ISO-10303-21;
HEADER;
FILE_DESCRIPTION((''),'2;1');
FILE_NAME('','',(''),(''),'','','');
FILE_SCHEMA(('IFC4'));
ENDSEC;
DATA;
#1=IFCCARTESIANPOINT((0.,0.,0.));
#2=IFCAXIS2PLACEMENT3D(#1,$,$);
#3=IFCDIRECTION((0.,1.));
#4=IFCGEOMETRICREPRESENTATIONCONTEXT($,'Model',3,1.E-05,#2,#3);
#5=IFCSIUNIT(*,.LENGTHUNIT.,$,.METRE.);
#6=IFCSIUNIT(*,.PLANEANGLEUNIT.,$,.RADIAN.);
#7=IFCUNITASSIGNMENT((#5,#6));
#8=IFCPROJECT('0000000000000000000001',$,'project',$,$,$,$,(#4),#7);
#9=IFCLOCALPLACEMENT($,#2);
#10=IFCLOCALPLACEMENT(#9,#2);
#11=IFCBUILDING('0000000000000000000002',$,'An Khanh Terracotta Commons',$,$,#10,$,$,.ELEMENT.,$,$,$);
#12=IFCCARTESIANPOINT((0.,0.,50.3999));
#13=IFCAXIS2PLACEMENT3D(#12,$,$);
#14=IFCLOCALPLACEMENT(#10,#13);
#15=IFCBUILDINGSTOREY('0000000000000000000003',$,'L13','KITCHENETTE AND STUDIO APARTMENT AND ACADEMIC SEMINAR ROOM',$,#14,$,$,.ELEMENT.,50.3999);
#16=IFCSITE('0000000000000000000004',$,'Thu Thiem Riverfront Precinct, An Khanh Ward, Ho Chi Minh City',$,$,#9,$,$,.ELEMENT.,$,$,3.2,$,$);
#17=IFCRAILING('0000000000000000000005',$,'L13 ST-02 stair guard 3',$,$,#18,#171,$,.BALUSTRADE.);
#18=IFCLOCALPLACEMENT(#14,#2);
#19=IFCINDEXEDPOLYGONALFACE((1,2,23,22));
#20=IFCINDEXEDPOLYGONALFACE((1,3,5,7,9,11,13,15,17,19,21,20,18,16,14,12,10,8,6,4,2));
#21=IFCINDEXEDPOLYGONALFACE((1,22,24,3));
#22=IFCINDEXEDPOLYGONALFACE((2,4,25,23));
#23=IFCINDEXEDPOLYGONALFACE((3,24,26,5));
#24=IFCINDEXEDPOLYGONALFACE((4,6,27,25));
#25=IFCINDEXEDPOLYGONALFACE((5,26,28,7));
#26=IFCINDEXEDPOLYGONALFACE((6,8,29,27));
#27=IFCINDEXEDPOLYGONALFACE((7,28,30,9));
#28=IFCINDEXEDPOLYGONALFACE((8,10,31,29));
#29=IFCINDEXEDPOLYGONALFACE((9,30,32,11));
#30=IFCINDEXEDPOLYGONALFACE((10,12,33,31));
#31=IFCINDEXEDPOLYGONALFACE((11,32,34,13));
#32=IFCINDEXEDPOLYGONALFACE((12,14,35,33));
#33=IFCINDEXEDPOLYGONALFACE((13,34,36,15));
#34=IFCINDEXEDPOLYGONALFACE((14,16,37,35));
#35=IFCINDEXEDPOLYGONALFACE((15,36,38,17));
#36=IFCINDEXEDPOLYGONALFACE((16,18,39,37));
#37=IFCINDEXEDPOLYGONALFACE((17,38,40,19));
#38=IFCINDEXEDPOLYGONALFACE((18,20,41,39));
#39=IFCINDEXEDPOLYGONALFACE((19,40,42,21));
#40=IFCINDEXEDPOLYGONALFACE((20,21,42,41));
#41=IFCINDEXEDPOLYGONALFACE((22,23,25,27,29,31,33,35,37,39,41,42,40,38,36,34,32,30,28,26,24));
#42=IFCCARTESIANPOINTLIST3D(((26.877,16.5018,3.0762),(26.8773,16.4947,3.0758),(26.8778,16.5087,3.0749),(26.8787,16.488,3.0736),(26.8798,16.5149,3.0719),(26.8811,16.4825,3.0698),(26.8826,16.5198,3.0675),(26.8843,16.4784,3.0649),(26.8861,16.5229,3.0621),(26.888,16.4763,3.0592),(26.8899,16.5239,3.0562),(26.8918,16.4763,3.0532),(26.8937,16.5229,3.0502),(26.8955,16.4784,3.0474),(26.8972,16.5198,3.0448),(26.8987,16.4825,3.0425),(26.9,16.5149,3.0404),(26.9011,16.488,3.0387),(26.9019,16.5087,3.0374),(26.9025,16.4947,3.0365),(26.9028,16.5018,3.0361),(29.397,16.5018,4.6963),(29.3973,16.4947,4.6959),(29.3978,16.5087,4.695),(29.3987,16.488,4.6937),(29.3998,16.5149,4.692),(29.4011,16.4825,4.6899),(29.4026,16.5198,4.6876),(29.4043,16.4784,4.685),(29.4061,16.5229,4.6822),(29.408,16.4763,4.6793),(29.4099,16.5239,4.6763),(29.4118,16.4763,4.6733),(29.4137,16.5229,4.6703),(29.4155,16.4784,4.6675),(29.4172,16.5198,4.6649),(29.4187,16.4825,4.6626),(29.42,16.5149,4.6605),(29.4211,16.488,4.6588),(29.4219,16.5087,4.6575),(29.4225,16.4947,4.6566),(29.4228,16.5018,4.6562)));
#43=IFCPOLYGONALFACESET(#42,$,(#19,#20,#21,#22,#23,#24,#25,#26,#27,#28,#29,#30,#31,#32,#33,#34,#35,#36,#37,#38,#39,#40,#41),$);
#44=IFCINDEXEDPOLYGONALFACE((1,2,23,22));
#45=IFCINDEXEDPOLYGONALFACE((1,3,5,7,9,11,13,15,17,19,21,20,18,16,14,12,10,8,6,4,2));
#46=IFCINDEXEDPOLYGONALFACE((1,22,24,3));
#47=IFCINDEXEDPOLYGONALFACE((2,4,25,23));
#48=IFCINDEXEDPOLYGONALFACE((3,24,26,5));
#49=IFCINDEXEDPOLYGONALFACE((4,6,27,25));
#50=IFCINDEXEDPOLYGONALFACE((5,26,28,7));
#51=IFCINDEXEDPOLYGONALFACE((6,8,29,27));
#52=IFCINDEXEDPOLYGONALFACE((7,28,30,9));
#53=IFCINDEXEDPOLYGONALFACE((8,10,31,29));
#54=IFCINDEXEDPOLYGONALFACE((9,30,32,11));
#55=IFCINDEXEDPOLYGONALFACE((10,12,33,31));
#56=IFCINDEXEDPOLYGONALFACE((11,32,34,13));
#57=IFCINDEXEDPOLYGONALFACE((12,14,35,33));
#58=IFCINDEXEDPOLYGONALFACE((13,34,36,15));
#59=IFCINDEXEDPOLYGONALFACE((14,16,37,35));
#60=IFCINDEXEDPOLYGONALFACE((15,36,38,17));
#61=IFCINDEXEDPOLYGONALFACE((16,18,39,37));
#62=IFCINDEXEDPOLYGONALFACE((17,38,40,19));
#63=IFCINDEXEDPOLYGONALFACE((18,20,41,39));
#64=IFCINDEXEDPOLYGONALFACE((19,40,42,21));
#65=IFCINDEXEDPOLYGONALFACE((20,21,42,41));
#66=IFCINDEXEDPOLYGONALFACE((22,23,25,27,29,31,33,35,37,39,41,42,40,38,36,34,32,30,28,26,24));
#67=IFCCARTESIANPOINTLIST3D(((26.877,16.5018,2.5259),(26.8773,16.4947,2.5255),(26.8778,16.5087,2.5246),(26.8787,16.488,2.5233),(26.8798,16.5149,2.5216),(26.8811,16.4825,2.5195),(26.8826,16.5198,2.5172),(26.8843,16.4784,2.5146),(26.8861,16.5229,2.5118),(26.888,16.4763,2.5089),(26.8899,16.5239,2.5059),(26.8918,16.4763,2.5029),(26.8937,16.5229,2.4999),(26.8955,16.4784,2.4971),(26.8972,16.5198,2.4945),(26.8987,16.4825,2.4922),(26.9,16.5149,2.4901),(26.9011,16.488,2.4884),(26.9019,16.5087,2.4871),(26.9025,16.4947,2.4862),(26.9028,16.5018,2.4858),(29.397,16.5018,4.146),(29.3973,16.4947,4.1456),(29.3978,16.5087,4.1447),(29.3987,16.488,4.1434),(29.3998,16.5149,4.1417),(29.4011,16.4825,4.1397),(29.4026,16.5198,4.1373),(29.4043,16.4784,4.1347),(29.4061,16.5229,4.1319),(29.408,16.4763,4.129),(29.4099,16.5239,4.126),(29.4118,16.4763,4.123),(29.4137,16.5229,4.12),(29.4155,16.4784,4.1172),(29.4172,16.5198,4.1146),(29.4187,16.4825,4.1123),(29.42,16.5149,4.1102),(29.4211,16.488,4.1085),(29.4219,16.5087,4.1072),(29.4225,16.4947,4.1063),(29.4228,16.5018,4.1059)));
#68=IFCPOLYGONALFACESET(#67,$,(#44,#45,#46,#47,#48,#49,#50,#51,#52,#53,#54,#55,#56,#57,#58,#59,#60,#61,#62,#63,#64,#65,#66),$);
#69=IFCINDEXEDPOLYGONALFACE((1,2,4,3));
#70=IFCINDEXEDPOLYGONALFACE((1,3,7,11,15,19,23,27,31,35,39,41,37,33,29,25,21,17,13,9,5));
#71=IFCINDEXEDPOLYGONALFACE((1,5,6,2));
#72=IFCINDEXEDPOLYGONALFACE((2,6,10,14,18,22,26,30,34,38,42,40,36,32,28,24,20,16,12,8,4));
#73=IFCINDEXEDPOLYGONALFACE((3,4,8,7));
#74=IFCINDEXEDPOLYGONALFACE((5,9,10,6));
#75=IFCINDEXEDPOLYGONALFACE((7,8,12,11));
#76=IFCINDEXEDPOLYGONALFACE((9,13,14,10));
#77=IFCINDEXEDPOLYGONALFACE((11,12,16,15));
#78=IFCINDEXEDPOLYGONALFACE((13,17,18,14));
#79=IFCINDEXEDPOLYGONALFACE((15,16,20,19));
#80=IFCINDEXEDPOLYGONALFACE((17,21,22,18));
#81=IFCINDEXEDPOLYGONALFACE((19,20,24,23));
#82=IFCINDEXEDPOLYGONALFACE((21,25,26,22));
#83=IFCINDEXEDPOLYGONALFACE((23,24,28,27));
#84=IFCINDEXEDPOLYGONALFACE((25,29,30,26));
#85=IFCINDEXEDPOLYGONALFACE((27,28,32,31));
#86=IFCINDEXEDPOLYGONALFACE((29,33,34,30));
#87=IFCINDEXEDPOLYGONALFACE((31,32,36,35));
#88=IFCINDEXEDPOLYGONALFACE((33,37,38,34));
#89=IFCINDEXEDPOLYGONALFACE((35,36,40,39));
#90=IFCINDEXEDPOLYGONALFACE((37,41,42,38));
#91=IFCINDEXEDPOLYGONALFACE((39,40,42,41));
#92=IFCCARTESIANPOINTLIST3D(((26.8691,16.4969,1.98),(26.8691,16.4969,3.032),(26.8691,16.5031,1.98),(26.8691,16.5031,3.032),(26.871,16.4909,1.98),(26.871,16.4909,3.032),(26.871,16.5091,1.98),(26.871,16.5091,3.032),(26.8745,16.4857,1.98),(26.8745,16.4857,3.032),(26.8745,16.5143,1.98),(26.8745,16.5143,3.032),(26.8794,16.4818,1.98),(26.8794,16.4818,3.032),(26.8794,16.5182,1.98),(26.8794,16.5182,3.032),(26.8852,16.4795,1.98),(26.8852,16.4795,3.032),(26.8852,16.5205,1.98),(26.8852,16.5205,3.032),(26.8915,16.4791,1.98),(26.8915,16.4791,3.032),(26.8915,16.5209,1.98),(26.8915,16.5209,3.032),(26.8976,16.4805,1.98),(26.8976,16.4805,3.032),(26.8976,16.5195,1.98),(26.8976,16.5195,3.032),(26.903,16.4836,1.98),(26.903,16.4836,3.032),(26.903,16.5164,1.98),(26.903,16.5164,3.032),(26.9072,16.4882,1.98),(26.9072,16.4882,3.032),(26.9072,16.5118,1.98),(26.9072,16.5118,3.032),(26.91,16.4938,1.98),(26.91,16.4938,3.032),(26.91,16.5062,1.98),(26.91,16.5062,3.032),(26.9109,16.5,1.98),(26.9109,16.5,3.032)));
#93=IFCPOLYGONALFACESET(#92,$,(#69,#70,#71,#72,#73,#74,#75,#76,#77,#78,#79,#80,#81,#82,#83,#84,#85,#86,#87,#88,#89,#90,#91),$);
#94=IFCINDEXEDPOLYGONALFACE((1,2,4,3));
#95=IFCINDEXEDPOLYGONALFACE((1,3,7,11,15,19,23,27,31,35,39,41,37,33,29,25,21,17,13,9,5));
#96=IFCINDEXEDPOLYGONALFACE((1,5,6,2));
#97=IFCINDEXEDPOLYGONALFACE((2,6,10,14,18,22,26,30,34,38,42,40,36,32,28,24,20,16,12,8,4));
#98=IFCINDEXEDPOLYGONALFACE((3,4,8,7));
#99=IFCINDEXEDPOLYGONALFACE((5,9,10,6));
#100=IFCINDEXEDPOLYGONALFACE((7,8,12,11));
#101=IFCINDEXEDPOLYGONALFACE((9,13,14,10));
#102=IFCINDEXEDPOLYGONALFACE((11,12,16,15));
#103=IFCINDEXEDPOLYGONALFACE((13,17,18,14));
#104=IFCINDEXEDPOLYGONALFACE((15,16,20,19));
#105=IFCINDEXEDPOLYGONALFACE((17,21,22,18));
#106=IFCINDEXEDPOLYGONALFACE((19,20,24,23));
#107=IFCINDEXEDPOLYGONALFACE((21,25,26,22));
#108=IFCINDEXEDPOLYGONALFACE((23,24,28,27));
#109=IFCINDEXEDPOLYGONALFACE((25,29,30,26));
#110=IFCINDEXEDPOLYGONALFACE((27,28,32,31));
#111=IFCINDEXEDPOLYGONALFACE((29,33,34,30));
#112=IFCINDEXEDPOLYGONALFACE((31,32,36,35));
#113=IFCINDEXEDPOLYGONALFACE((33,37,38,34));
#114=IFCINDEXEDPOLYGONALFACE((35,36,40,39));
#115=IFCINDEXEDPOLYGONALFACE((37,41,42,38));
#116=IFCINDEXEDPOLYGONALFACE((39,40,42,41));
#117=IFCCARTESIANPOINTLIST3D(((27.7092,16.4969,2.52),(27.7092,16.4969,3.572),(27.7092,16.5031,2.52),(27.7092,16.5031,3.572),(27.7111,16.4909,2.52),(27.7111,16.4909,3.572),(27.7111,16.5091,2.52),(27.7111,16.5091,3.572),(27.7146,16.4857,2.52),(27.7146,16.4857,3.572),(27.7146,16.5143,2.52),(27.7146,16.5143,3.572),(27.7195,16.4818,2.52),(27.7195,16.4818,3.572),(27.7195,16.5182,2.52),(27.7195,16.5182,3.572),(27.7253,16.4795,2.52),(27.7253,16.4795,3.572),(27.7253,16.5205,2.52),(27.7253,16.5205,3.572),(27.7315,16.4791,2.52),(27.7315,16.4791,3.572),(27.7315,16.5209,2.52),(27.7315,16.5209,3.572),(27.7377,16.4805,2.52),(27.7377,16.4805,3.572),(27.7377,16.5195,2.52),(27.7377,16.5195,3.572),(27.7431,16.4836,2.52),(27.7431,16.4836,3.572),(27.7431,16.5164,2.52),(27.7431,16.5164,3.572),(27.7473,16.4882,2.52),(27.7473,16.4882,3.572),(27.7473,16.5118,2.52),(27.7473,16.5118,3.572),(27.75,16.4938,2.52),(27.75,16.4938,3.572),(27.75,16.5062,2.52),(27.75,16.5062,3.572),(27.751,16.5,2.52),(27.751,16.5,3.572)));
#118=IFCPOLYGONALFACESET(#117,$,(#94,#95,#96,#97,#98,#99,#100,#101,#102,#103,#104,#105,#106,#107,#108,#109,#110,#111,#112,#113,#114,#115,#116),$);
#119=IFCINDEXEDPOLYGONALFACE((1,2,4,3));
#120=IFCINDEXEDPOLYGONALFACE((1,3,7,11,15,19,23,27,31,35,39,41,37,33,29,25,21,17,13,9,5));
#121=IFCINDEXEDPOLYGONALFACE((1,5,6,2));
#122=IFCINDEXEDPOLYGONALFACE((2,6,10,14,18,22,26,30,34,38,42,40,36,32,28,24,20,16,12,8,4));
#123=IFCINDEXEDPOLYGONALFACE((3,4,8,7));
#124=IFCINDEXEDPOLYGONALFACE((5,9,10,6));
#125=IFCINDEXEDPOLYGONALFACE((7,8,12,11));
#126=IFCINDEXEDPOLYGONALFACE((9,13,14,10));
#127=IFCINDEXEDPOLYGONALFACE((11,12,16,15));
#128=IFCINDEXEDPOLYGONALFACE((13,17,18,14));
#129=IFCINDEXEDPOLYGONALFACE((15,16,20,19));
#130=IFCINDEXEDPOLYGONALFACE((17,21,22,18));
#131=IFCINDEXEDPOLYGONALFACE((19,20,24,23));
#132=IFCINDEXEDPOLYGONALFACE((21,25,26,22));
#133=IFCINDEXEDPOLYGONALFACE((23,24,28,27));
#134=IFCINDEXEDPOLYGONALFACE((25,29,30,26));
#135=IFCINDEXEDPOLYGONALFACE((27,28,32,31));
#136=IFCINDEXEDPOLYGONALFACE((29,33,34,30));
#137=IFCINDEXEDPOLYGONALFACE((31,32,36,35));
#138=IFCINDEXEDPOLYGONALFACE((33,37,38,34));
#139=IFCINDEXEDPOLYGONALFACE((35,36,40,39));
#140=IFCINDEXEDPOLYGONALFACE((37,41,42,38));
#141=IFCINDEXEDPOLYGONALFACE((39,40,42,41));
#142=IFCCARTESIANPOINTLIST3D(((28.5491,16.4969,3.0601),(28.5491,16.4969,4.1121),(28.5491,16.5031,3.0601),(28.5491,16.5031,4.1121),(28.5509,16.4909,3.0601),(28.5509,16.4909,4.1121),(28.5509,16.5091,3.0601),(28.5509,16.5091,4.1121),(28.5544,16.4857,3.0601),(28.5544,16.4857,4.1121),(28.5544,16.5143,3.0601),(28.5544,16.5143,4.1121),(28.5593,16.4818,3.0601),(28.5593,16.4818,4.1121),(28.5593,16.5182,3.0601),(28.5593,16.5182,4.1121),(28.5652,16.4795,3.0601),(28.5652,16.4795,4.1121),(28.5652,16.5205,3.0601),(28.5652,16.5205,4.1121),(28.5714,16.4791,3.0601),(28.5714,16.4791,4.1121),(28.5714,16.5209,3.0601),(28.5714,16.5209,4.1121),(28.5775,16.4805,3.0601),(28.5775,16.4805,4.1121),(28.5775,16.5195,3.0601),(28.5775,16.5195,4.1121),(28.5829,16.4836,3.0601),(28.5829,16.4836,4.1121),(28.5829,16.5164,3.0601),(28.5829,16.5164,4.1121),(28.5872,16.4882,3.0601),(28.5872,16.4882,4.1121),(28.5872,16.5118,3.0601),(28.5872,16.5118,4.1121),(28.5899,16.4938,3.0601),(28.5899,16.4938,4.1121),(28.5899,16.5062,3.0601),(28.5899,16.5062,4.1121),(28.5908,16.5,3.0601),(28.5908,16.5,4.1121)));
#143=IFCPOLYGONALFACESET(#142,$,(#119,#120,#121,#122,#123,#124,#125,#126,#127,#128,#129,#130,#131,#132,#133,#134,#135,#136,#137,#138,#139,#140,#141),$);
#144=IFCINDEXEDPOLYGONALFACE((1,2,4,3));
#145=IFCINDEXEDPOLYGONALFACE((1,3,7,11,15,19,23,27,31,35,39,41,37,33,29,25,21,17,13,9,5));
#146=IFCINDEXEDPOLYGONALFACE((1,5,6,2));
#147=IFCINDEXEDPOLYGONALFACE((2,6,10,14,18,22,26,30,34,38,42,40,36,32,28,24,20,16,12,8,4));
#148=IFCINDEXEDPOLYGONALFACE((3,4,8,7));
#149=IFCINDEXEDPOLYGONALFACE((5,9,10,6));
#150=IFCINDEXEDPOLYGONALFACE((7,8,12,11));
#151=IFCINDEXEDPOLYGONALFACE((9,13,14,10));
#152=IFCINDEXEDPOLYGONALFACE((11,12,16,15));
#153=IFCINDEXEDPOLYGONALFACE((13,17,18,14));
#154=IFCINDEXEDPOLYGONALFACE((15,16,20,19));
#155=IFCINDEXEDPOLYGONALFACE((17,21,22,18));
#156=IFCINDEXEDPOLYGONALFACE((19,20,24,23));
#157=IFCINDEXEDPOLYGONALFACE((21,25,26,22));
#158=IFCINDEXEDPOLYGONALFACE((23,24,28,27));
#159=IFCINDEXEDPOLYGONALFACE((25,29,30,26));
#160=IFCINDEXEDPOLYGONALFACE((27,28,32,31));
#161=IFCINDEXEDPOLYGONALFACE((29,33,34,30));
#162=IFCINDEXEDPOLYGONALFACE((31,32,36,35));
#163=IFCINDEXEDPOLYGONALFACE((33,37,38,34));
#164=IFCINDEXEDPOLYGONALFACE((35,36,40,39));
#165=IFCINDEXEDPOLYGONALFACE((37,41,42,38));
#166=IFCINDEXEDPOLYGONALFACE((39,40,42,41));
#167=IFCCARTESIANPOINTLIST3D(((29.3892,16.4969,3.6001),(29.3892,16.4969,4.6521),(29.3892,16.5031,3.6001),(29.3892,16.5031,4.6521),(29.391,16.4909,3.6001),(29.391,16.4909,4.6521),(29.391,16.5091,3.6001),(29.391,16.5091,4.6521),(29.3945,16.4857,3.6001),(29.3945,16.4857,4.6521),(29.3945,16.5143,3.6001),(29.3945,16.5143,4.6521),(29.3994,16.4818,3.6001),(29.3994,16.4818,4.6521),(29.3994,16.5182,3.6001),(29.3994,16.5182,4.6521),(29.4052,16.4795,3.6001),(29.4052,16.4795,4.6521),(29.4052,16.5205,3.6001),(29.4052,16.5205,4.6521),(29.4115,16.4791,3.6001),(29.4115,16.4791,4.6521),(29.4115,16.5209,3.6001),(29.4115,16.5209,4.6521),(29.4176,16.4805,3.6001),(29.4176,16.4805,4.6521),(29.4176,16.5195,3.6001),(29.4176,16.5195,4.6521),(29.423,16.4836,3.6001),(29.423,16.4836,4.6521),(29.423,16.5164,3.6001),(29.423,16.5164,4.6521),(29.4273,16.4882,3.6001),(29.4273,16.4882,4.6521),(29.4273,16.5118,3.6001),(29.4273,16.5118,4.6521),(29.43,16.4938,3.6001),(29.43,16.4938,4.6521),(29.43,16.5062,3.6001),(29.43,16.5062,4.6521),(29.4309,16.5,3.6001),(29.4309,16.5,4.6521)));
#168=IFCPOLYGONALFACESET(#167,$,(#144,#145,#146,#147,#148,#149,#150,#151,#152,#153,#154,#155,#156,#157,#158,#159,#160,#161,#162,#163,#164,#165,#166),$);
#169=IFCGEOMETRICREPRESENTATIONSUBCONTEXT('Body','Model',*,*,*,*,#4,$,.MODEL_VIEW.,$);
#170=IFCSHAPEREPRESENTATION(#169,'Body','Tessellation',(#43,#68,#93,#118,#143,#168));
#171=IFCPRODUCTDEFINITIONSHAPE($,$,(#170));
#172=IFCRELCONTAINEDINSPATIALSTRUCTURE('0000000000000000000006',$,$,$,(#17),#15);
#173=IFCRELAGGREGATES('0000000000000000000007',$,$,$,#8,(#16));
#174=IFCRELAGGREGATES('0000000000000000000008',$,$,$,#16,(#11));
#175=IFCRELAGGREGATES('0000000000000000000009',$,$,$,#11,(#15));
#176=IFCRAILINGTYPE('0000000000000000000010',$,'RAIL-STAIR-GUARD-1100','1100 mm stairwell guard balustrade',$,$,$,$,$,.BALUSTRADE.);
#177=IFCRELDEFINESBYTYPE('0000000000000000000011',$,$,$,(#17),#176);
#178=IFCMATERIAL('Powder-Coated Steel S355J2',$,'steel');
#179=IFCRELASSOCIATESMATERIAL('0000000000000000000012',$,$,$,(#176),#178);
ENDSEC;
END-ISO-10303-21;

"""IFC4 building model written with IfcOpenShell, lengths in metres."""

from ifc_helpers import new_model, si_unit, direction, frame, origin, origin_2d, place, context, subcontext, project, spatial, circle, extrude, material, type_object, element, save


model = new_model("IFC4")

# Units and contexts
model_context = context("Model", 3, precision=1e-05, world=origin(), true_north=direction((0.0, 1.0)))
body_context = subcontext(model_context, "Body", "Model", "MODEL_VIEW")
ifc_project = project(units=[si_unit("LENGTHUNIT", "METRE"), si_unit("PLANEANGLEUNIT", "RADIAN")], contexts=[model_context])

# Site, building, storey
site_placement = place(None, origin())
site = spatial("IfcSite", under=ifc_project, at=site_placement, Name="Thu Thiem Riverfront Precinct, An Khanh Ward, Ho Chi Minh City", CompositionType="ELEMENT", RefElevation=3.2)
building_placement = place(site_placement, origin())
building = spatial("IfcBuilding", under=site, at=building_placement, Name="An Khanh Terracotta Commons", CompositionType="ELEMENT")
storey_placement = place(building_placement, frame((0.0, 0.0, 50.3999)))
storey = spatial("IfcBuildingStorey", under=building, at=storey_placement, Name="L13", Description="KITCHENETTE AND STUDIO APARTMENT AND ACADEMIC SEMINAR ROOM", CompositionType="ELEMENT", Elevation=50.3999)

# Railing
ifc_material_1 = material(Name="Powder-Coated Steel S355J2", Category="steel")
railing_type_1 = type_object("IfcRailingType", Name="RAIL-STAIR-GUARD-1100", Description="1100 mm stairwell guard balustrade", PredefinedType="BALUSTRADE", material=ifc_material_1)
railing_1_placement = place(storey_placement, frame((26.8899, 16.5, 1.98)))
element("IfcRailing", 1, at=railing_1_placement, inside=storey, type_object=railing_type_1, Name="L13 ST-02 stair guard 3", PredefinedType="BALUSTRADE", context=body_context, shape_type="SweptSolid", body=[
    extrude(circle(Radius=0.0239, at=origin_2d()), frame((0.0, 0.0, 1.0762), z_axis=(0.841163, 0.0, 0.540782), x_axis=(0.0, 1.0, 0.0)), (0.0, 0.0, 1.0), 2.9958),
    extrude(circle(Radius=0.0239, at=origin_2d()), frame((0.0, 0.0, 0.5259), z_axis=(0.841163, 0.0, 0.540782), x_axis=(0.0, 1.0, 0.0)), (0.0, 0.0, 1.0), 2.9958),
    extrude(circle(Radius=0.021, at=origin_2d()), origin(), (0.0, 0.0, 1.0), 1.052),
    extrude(circle(Radius=0.021, at=origin_2d()), frame((0.8401, 0.0, 0.54)), (0.0, 0.0, 1.0), 1.052),
    extrude(circle(Radius=0.021, at=origin_2d()), frame((1.6799, 0.0, 1.0801)), (0.0, 0.0, 1.0), 1.052),
    extrude(circle(Radius=0.021, at=origin_2d()), frame((2.52, 0.0, 1.6201)), (0.0, 0.0, 1.0), 1.052),
])

save(model, "model.ifc")
